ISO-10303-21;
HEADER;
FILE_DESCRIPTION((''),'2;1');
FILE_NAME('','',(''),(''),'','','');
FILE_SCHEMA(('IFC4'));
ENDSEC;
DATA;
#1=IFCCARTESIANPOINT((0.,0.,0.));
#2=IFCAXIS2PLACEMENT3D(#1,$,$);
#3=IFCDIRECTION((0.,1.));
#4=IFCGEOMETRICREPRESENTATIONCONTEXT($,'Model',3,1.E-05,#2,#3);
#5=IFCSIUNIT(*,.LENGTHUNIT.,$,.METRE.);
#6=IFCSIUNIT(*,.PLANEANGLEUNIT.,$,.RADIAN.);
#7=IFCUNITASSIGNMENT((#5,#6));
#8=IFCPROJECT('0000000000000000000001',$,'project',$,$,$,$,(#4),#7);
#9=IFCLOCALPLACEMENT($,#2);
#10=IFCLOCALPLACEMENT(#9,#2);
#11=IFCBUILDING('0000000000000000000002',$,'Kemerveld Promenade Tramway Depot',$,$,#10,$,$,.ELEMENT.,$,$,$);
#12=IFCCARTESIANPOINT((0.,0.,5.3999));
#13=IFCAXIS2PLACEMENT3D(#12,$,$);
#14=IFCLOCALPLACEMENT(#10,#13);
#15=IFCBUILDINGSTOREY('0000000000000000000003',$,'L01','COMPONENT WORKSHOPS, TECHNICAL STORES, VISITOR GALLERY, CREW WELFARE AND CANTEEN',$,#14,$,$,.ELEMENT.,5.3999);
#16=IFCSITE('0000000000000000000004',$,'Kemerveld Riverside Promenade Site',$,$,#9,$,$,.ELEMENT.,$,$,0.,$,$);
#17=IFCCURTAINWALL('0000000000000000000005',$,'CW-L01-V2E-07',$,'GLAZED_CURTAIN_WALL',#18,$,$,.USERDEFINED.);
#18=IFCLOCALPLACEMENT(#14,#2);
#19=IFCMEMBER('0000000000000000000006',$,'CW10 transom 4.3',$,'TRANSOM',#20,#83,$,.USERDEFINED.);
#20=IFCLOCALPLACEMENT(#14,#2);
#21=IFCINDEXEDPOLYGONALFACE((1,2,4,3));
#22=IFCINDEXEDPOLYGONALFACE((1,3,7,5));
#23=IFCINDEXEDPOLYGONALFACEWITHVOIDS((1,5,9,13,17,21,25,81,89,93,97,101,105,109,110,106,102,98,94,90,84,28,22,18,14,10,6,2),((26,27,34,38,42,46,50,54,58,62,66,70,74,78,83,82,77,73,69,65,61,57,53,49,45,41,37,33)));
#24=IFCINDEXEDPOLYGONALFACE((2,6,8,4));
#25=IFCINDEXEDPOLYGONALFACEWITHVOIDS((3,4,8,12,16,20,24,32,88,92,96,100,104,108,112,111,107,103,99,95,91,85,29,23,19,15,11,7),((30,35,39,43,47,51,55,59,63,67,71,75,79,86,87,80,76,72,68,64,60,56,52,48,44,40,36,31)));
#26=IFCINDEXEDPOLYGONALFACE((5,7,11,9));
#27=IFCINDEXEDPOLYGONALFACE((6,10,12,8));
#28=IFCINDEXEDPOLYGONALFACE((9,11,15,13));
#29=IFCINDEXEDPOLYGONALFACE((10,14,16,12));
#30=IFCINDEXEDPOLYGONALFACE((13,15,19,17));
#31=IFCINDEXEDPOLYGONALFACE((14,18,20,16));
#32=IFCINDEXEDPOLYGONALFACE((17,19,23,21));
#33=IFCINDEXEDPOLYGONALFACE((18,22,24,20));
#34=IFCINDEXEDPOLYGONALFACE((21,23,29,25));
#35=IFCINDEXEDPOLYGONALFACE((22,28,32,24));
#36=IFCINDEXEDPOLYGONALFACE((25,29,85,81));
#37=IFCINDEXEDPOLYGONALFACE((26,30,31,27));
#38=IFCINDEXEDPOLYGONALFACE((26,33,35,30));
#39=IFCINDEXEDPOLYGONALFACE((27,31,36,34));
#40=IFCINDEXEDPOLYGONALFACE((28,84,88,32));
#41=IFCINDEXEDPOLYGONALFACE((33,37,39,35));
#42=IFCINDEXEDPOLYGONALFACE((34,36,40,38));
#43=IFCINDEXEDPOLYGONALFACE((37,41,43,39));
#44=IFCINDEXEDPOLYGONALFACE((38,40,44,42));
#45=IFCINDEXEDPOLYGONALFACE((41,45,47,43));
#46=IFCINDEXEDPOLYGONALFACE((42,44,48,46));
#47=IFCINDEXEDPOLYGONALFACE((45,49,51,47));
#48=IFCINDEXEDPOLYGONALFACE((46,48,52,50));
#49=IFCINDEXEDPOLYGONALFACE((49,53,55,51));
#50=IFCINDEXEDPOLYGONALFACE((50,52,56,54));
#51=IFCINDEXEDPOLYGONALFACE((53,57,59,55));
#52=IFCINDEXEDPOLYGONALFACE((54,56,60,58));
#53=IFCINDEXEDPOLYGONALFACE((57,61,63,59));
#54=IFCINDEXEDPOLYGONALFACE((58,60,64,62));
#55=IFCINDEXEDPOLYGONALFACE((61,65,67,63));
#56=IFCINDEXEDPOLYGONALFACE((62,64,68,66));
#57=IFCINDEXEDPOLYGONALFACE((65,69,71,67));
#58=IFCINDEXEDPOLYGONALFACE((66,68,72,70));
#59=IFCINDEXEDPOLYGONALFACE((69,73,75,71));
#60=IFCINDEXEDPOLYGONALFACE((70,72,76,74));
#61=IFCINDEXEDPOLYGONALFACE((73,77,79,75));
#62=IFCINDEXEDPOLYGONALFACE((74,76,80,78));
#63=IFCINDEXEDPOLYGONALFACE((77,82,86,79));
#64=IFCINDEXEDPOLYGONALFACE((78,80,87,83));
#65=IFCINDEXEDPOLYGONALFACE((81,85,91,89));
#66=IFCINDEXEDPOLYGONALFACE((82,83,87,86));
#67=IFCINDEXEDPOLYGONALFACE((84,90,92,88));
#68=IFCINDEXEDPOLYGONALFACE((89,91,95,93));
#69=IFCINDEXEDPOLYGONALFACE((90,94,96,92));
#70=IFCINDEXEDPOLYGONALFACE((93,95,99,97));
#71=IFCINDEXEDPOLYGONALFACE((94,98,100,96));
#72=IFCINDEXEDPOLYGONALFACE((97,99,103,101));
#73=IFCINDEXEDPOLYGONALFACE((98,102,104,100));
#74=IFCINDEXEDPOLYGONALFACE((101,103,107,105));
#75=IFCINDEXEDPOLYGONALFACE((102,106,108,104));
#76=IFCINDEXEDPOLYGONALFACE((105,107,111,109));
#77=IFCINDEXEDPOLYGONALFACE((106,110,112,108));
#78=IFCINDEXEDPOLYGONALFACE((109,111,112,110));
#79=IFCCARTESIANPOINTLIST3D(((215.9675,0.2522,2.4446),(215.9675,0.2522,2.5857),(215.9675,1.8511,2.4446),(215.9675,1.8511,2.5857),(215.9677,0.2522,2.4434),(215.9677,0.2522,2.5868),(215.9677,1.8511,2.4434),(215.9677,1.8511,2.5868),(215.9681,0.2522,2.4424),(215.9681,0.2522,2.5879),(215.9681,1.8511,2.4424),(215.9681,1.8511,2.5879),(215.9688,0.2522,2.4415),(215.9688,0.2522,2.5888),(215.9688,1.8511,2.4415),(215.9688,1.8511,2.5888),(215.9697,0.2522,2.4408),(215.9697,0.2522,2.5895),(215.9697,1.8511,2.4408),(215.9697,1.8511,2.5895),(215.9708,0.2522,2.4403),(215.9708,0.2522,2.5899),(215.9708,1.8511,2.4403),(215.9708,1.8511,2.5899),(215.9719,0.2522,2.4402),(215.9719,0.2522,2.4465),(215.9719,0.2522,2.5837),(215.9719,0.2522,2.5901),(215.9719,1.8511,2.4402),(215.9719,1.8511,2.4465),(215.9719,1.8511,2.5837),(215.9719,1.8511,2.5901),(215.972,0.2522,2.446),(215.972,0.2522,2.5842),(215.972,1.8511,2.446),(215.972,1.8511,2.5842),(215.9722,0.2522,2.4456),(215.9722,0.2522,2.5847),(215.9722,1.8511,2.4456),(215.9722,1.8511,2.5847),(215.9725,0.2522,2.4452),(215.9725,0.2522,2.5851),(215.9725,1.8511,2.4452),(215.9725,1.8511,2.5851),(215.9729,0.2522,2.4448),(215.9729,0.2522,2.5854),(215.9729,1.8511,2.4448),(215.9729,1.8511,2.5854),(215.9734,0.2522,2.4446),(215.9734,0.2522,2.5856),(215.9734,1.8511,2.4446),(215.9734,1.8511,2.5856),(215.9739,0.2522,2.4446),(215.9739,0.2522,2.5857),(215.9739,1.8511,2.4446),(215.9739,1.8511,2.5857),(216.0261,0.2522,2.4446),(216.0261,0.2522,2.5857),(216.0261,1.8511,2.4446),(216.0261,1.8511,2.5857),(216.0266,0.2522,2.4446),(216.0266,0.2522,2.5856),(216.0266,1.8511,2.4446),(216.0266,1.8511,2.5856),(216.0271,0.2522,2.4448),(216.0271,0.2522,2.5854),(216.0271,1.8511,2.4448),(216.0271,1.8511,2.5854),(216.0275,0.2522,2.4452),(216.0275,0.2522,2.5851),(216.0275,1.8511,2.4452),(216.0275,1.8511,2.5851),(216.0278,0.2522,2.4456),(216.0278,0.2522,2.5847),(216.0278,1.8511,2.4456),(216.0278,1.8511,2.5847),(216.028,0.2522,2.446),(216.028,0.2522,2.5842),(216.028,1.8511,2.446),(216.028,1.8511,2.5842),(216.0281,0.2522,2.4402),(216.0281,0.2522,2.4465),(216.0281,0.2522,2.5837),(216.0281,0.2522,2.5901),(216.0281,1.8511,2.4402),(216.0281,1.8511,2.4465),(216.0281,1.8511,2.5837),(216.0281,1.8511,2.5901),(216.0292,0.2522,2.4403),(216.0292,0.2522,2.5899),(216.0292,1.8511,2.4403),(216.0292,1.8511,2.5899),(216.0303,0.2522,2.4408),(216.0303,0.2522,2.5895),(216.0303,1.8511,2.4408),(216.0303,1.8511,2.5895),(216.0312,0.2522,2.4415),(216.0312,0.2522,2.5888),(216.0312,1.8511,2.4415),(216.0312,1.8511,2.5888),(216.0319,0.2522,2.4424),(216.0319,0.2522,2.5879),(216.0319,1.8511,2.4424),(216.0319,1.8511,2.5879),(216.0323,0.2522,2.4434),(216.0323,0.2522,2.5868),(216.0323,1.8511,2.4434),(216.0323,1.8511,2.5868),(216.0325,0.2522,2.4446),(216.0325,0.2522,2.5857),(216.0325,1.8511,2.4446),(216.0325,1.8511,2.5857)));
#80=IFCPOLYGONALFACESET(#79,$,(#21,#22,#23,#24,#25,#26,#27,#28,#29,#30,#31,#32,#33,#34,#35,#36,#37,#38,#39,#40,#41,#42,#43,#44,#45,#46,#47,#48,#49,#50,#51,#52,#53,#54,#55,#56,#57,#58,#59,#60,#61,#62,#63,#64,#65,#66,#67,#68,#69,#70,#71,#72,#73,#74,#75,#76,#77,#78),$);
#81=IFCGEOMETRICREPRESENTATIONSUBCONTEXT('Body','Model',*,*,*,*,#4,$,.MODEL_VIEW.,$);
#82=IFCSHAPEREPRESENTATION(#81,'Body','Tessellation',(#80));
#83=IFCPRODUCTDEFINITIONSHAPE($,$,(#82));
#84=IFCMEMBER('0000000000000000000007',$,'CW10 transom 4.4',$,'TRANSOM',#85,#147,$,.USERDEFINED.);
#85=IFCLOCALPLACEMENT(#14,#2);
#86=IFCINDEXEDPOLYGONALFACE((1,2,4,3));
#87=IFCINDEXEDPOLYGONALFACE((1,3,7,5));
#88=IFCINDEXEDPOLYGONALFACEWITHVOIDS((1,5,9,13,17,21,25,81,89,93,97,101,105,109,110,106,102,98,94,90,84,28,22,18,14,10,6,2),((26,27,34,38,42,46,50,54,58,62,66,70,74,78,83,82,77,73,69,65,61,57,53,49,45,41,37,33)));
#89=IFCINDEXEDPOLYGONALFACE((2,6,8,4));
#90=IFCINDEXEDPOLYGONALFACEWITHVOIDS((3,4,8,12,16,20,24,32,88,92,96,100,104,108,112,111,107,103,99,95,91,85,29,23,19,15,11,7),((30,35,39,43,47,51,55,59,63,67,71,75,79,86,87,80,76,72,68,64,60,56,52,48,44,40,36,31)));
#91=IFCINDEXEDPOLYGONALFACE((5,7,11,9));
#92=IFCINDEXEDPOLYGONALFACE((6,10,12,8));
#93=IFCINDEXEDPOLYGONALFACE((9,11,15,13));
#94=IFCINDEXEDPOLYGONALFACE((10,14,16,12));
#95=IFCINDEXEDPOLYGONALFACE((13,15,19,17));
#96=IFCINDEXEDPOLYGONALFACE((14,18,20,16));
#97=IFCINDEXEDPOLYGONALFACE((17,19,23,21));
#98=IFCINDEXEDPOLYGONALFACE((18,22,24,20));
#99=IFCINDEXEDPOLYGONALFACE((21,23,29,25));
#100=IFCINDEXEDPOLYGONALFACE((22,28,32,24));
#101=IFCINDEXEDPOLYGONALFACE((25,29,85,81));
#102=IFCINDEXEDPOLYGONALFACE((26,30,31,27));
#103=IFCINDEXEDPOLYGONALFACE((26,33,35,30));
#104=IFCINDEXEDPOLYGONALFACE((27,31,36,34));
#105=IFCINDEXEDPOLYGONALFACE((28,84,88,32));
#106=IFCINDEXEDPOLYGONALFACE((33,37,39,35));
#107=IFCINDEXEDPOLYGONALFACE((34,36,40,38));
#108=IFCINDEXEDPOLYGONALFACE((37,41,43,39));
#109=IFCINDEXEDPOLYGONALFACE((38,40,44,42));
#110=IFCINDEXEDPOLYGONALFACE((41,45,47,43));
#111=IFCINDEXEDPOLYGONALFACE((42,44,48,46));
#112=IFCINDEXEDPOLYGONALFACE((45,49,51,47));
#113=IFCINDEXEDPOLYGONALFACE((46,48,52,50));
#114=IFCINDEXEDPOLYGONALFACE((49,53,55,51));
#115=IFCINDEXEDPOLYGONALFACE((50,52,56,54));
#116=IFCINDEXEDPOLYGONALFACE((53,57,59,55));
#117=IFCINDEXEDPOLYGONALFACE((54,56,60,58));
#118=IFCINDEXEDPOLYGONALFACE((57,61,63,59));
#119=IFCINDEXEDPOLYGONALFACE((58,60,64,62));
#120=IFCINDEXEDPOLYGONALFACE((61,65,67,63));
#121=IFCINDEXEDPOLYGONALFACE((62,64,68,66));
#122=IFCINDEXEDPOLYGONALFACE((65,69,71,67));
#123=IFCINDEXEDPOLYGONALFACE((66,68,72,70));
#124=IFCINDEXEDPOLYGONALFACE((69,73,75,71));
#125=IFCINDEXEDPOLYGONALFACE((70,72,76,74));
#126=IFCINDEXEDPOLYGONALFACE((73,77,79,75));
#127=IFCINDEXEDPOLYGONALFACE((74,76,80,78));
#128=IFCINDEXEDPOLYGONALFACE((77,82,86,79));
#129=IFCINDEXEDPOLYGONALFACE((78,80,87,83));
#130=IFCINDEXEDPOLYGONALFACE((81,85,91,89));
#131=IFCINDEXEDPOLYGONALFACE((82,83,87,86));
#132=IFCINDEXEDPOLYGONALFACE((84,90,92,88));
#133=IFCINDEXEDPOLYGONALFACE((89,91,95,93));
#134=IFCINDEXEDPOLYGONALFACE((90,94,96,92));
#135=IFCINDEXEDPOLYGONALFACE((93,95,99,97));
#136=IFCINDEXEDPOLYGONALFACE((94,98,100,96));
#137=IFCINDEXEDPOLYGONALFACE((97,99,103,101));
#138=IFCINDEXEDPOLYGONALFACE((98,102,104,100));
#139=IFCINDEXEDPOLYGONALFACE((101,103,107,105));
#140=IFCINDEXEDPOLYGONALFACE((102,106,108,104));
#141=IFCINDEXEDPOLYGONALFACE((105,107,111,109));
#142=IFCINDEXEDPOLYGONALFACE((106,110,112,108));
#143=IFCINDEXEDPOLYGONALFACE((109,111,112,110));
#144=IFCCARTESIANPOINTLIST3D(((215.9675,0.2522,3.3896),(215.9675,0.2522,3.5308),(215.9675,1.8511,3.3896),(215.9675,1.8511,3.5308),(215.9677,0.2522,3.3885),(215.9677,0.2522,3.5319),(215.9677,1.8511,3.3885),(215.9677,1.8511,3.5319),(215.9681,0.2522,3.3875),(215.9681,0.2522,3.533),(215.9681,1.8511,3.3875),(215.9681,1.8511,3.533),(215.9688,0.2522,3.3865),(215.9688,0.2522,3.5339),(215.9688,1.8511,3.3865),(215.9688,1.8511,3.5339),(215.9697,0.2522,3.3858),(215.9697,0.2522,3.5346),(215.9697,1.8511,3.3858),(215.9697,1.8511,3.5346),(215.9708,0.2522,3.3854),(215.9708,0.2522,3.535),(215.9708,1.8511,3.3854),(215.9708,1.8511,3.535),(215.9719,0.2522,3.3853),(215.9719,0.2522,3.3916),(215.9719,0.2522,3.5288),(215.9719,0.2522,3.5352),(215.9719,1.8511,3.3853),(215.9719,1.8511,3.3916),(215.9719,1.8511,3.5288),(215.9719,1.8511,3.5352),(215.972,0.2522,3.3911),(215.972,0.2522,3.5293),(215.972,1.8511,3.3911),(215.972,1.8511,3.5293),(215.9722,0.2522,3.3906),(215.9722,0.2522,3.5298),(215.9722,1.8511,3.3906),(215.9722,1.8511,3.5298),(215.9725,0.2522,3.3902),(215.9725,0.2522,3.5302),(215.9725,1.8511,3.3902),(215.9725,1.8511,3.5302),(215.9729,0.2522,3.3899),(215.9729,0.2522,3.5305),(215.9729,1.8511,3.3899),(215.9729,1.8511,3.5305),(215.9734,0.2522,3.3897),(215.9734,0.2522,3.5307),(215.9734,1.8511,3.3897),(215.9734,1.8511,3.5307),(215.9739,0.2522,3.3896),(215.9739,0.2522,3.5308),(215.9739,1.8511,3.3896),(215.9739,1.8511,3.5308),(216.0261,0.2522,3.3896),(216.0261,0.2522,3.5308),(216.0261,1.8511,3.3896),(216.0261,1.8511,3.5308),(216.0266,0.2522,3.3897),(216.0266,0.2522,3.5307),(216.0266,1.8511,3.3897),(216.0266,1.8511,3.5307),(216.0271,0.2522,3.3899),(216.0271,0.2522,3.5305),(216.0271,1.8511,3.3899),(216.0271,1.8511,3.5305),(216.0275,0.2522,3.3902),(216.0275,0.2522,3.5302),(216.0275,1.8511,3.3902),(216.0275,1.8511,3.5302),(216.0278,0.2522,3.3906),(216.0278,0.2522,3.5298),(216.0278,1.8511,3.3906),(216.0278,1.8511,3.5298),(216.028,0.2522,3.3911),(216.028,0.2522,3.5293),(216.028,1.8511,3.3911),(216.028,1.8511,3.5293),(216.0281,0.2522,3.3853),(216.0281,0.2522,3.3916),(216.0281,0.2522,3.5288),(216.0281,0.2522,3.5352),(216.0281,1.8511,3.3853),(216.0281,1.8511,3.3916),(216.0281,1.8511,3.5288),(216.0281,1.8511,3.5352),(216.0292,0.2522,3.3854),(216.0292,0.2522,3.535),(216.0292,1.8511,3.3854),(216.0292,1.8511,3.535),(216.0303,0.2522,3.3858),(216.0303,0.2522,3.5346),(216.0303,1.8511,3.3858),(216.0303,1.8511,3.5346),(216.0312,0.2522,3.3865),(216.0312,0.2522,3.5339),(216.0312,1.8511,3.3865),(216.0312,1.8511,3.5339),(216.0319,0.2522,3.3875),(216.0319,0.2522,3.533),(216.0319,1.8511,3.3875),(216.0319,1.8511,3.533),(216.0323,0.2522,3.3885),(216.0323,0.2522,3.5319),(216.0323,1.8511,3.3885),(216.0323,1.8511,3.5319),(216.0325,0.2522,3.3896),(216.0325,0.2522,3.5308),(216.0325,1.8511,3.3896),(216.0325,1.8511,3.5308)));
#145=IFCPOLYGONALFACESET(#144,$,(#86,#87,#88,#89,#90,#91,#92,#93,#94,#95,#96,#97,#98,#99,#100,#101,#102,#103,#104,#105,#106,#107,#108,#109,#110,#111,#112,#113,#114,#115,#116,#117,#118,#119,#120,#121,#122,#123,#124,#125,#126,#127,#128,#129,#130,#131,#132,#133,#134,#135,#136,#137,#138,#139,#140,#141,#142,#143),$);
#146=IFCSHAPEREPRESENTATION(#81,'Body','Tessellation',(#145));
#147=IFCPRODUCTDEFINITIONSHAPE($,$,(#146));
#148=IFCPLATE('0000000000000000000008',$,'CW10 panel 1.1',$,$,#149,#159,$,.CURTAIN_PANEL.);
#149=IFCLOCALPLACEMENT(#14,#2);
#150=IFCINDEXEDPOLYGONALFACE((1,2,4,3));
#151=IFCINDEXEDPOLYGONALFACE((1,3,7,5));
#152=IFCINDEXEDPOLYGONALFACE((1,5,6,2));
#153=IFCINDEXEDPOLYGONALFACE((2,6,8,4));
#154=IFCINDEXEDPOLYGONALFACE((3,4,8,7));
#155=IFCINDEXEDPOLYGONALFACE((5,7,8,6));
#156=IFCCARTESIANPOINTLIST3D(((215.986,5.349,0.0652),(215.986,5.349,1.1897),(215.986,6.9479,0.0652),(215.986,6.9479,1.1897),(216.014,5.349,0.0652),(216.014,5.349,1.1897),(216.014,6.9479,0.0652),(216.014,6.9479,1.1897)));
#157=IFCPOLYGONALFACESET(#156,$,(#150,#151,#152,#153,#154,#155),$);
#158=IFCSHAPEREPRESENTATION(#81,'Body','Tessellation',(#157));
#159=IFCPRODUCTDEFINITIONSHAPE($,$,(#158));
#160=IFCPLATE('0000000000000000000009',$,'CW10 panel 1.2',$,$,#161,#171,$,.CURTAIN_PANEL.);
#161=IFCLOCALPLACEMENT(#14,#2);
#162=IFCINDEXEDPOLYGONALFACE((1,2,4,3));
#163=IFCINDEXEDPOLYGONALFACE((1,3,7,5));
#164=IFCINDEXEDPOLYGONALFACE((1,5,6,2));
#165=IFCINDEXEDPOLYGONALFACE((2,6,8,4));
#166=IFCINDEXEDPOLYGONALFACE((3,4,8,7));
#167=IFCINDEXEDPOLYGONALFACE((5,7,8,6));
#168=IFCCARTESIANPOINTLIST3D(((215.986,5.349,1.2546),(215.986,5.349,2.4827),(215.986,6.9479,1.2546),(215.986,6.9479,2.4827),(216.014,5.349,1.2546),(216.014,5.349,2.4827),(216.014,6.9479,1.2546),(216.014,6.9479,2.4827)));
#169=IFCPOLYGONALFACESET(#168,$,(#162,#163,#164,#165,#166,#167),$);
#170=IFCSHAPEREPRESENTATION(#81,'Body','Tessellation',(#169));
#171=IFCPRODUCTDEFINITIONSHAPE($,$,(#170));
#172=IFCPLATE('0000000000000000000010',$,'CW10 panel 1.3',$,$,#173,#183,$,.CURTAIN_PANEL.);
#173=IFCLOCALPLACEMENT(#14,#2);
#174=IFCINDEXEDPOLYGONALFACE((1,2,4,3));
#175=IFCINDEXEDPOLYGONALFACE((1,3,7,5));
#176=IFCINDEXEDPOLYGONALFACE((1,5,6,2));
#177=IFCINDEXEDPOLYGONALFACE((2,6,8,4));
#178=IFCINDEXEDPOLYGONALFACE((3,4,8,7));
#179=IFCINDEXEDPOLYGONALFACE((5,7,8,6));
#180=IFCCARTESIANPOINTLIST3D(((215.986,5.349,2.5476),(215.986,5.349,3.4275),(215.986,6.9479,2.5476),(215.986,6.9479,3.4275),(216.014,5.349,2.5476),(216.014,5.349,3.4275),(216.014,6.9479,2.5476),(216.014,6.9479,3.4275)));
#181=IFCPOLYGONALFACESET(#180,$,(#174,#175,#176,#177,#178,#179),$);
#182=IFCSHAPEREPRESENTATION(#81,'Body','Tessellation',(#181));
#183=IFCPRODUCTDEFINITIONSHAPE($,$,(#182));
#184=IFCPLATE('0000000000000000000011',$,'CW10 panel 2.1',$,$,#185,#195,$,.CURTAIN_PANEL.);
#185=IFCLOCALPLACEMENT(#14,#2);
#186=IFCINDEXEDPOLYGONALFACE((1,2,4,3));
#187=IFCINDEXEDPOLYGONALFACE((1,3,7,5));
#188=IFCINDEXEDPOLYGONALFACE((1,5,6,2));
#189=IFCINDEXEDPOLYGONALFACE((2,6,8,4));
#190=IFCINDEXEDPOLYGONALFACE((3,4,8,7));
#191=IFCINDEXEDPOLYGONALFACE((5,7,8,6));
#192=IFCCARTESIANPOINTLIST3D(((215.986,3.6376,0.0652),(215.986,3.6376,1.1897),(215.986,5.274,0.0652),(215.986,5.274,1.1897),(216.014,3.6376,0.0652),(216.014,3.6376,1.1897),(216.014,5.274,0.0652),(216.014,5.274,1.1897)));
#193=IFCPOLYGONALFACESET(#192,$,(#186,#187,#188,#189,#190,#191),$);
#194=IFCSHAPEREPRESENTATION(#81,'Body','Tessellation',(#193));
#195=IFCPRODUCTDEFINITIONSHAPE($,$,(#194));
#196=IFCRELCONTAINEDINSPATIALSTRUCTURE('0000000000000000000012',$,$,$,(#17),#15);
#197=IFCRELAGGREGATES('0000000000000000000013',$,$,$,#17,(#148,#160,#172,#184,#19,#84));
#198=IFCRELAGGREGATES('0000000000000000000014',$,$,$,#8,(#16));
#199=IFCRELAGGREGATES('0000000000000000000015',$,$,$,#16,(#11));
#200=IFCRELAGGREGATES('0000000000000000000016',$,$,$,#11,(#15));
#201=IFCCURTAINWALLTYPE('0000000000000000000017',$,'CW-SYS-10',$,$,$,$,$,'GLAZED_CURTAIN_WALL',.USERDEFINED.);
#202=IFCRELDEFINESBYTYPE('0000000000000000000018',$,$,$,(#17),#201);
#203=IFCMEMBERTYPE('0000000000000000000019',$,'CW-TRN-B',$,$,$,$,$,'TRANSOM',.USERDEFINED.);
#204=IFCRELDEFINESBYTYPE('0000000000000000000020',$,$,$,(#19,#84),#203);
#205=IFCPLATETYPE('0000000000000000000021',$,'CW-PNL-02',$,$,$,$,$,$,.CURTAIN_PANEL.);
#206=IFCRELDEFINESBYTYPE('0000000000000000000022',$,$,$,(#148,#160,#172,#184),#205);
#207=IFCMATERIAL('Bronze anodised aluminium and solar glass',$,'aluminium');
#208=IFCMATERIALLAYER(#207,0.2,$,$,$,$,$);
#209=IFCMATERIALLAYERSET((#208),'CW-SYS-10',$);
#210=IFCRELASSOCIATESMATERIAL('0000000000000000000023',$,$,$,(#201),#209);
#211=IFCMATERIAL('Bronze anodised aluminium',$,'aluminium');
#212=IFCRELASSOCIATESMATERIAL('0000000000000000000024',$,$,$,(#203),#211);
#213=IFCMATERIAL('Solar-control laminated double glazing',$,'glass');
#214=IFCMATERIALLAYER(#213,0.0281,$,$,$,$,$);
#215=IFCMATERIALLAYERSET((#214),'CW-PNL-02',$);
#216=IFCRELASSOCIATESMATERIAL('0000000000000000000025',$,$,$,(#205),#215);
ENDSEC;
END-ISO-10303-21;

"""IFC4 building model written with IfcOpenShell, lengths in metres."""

from ifc_helpers import new_model, si_unit, direction, frame, origin, origin_2d, place, context, subcontext, project, spatial, rectangle, hollow_rectangle, extrude, material, layer, layer_set, material_profile, profile_set, type_object, element, aggregate, save


model = new_model("IFC4")

# Units and contexts
model_context = context("Model", 3, precision=1e-05, world=origin(), true_north=direction((0.0, 1.0)))
body_context = subcontext(model_context, "Body", "Model", "MODEL_VIEW")
ifc_project = project(units=[si_unit("LENGTHUNIT", "METRE"), si_unit("PLANEANGLEUNIT", "RADIAN")], contexts=[model_context])

# Site, building, storey
site_placement = place(None, origin())
site = spatial("IfcSite", under=ifc_project, at=site_placement, Name="Kemerveld Riverside Promenade Site", CompositionType="ELEMENT", RefElevation=0.0)
building_placement = place(site_placement, origin())
building = spatial("IfcBuilding", under=site, at=building_placement, Name="Kemerveld Promenade Tramway Depot", CompositionType="ELEMENT")
storey_placement = place(building_placement, frame((0.0, 0.0, 5.3999)))
storey = spatial("IfcBuildingStorey", under=building, at=storey_placement, Name="L01", Description="COMPONENT WORKSHOPS, TECHNICAL STORES, VISITOR GALLERY, CREW WELFARE AND CANTEEN", CompositionType="ELEMENT", Elevation=5.3999)

# Curtain wall, members, plates
ifc_material_1 = material(Name="Bronze anodised aluminium and solar glass", Category="aluminium")
ifc_layer_1 = layer(ifc_material_1, 0.2)
ifc_layer_set_1 = layer_set([ifc_layer_1], Name="CW-SYS-10")
curtain_wall_type = type_object("IfcCurtainWallType", Name="CW-SYS-10", ElementType="GLAZED_CURTAIN_WALL", PredefinedType="USERDEFINED", material=ifc_layer_set_1)
curtain_wall_placement = place(storey_placement, origin())
curtain_wall = element("IfcCurtainWall", 1, at=curtain_wall_placement, inside=storey, type_object=curtain_wall_type, Name="CW-L01-V2E-07", ObjectType="GLAZED_CURTAIN_WALL", PredefinedType="USERDEFINED")
ifc_material_2 = material(Name="Bronze anodised aluminium", Category="aluminium")
ifc_material_profile_1 = material_profile(ifc_material_2, hollow_rectangle(XDim=0.0649, YDim=0.1499, WallThickness=0.0044, InnerFilletRadius=0.002, OuterFilletRadius=0.0044, at=origin_2d()), Name="CW-TRN-150x65")
ifc_profile_set_1 = profile_set([ifc_material_profile_1], Name="Bronze anodised aluminium")
member_type_1 = type_object("IfcMemberType", Name="CW-TRN-B", ElementType="TRANSOM", PredefinedType="USERDEFINED", material=ifc_profile_set_1)
member_1_placement = place(storey_placement, frame((216.0, 1.8511, 2.5151), z_axis=(0.0, -1.0, 0.0), x_axis=(1.0, 0.0, 0.0)))
member_1 = element("IfcMember", 2, at=member_1_placement, type_object=member_type_1, Name="CW10 transom 4.3", ObjectType="TRANSOM", PredefinedType="USERDEFINED", context=body_context, shape_type="SweptSolid", body=[
    extrude(hollow_rectangle(XDim=0.0649, YDim=0.1499, WallThickness=0.0044, InnerFilletRadius=0.002, OuterFilletRadius=0.0044, at=origin_2d()), origin(), (0.0, 0.0, 1.0), 1.5989),
])
member_2_placement = place(storey_placement, frame((216.0, 1.8511, 3.4602), z_axis=(0.0, -1.0, 0.0), x_axis=(1.0, 0.0, 0.0)))
member_2 = element("IfcMember", 3, at=member_2_placement, type_object=member_type_1, Name="CW10 transom 4.4", ObjectType="TRANSOM", PredefinedType="USERDEFINED", context=body_context, shape_type="SweptSolid", body=[
    extrude(hollow_rectangle(XDim=0.0649, YDim=0.1499, WallThickness=0.0044, InnerFilletRadius=0.002, OuterFilletRadius=0.0044, at=origin_2d()), origin(), (0.0, 0.0, 1.0), 1.5989),
])
ifc_material_3 = material(Name="Solar-control laminated double glazing", Category="glass")
ifc_layer_2 = layer(ifc_material_3, 0.0281)
ifc_layer_set_2 = layer_set([ifc_layer_2], Name="CW-PNL-02")
plate_type = type_object("IfcPlateType", Name="CW-PNL-02", PredefinedType="CURTAIN_PANEL", material=ifc_layer_set_2)
plate_1_placement = place(storey_placement, frame((216.0, 6.1484, 0.0652), z_axis=(0.0, 0.0, 1.0), x_axis=(0.0, -1.0, 0.0)))
plate_1 = element("IfcPlate", 4, at=plate_1_placement, type_object=plate_type, Name="CW10 panel 1.1", PredefinedType="CURTAIN_PANEL", context=body_context, shape_type="SweptSolid", body=[
    extrude(rectangle(XDim=1.5989, YDim=0.0281, at=origin_2d()), origin(), (0.0, 0.0, 1.0), 1.1245),
])
plate_2_placement = place(storey_placement, frame((216.0, 6.1484, 1.2546), z_axis=(0.0, 0.0, 1.0), x_axis=(0.0, -1.0, 0.0)))
plate_2 = element("IfcPlate", 5, at=plate_2_placement, type_object=plate_type, Name="CW10 panel 1.2", PredefinedType="CURTAIN_PANEL", context=body_context, shape_type="SweptSolid", body=[
    extrude(rectangle(XDim=1.5989, YDim=0.0281, at=origin_2d()), origin(), (0.0, 0.0, 1.0), 1.228),
])
plate_3_placement = place(storey_placement, frame((216.0, 6.1484, 2.5476), z_axis=(0.0, 0.0, 1.0), x_axis=(0.0, -1.0, 0.0)))
plate_3 = element("IfcPlate", 6, at=plate_3_placement, type_object=plate_type, Name="CW10 panel 1.3", PredefinedType="CURTAIN_PANEL", context=body_context, shape_type="SweptSolid", body=[
    extrude(rectangle(XDim=1.5989, YDim=0.0281, at=origin_2d()), origin(), (0.0, 0.0, 1.0), 0.8799),
])
plate_4_placement = place(storey_placement, frame((216.0, 4.4558, 0.0652), z_axis=(0.0, 0.0, 1.0), x_axis=(0.0, -1.0, 0.0)))
plate_4 = element("IfcPlate", 7, at=plate_4_placement, type_object=plate_type, Name="CW10 panel 2.1", PredefinedType="CURTAIN_PANEL", context=body_context, shape_type="SweptSolid", body=[
    extrude(rectangle(XDim=1.6365, YDim=0.0281, at=origin_2d()), origin(), (0.0, 0.0, 1.0), 1.1245),
])
aggregate(curtain_wall, [plate_1, plate_2, plate_3, plate_4, member_1, member_2])

save(model, "model.ifc")
